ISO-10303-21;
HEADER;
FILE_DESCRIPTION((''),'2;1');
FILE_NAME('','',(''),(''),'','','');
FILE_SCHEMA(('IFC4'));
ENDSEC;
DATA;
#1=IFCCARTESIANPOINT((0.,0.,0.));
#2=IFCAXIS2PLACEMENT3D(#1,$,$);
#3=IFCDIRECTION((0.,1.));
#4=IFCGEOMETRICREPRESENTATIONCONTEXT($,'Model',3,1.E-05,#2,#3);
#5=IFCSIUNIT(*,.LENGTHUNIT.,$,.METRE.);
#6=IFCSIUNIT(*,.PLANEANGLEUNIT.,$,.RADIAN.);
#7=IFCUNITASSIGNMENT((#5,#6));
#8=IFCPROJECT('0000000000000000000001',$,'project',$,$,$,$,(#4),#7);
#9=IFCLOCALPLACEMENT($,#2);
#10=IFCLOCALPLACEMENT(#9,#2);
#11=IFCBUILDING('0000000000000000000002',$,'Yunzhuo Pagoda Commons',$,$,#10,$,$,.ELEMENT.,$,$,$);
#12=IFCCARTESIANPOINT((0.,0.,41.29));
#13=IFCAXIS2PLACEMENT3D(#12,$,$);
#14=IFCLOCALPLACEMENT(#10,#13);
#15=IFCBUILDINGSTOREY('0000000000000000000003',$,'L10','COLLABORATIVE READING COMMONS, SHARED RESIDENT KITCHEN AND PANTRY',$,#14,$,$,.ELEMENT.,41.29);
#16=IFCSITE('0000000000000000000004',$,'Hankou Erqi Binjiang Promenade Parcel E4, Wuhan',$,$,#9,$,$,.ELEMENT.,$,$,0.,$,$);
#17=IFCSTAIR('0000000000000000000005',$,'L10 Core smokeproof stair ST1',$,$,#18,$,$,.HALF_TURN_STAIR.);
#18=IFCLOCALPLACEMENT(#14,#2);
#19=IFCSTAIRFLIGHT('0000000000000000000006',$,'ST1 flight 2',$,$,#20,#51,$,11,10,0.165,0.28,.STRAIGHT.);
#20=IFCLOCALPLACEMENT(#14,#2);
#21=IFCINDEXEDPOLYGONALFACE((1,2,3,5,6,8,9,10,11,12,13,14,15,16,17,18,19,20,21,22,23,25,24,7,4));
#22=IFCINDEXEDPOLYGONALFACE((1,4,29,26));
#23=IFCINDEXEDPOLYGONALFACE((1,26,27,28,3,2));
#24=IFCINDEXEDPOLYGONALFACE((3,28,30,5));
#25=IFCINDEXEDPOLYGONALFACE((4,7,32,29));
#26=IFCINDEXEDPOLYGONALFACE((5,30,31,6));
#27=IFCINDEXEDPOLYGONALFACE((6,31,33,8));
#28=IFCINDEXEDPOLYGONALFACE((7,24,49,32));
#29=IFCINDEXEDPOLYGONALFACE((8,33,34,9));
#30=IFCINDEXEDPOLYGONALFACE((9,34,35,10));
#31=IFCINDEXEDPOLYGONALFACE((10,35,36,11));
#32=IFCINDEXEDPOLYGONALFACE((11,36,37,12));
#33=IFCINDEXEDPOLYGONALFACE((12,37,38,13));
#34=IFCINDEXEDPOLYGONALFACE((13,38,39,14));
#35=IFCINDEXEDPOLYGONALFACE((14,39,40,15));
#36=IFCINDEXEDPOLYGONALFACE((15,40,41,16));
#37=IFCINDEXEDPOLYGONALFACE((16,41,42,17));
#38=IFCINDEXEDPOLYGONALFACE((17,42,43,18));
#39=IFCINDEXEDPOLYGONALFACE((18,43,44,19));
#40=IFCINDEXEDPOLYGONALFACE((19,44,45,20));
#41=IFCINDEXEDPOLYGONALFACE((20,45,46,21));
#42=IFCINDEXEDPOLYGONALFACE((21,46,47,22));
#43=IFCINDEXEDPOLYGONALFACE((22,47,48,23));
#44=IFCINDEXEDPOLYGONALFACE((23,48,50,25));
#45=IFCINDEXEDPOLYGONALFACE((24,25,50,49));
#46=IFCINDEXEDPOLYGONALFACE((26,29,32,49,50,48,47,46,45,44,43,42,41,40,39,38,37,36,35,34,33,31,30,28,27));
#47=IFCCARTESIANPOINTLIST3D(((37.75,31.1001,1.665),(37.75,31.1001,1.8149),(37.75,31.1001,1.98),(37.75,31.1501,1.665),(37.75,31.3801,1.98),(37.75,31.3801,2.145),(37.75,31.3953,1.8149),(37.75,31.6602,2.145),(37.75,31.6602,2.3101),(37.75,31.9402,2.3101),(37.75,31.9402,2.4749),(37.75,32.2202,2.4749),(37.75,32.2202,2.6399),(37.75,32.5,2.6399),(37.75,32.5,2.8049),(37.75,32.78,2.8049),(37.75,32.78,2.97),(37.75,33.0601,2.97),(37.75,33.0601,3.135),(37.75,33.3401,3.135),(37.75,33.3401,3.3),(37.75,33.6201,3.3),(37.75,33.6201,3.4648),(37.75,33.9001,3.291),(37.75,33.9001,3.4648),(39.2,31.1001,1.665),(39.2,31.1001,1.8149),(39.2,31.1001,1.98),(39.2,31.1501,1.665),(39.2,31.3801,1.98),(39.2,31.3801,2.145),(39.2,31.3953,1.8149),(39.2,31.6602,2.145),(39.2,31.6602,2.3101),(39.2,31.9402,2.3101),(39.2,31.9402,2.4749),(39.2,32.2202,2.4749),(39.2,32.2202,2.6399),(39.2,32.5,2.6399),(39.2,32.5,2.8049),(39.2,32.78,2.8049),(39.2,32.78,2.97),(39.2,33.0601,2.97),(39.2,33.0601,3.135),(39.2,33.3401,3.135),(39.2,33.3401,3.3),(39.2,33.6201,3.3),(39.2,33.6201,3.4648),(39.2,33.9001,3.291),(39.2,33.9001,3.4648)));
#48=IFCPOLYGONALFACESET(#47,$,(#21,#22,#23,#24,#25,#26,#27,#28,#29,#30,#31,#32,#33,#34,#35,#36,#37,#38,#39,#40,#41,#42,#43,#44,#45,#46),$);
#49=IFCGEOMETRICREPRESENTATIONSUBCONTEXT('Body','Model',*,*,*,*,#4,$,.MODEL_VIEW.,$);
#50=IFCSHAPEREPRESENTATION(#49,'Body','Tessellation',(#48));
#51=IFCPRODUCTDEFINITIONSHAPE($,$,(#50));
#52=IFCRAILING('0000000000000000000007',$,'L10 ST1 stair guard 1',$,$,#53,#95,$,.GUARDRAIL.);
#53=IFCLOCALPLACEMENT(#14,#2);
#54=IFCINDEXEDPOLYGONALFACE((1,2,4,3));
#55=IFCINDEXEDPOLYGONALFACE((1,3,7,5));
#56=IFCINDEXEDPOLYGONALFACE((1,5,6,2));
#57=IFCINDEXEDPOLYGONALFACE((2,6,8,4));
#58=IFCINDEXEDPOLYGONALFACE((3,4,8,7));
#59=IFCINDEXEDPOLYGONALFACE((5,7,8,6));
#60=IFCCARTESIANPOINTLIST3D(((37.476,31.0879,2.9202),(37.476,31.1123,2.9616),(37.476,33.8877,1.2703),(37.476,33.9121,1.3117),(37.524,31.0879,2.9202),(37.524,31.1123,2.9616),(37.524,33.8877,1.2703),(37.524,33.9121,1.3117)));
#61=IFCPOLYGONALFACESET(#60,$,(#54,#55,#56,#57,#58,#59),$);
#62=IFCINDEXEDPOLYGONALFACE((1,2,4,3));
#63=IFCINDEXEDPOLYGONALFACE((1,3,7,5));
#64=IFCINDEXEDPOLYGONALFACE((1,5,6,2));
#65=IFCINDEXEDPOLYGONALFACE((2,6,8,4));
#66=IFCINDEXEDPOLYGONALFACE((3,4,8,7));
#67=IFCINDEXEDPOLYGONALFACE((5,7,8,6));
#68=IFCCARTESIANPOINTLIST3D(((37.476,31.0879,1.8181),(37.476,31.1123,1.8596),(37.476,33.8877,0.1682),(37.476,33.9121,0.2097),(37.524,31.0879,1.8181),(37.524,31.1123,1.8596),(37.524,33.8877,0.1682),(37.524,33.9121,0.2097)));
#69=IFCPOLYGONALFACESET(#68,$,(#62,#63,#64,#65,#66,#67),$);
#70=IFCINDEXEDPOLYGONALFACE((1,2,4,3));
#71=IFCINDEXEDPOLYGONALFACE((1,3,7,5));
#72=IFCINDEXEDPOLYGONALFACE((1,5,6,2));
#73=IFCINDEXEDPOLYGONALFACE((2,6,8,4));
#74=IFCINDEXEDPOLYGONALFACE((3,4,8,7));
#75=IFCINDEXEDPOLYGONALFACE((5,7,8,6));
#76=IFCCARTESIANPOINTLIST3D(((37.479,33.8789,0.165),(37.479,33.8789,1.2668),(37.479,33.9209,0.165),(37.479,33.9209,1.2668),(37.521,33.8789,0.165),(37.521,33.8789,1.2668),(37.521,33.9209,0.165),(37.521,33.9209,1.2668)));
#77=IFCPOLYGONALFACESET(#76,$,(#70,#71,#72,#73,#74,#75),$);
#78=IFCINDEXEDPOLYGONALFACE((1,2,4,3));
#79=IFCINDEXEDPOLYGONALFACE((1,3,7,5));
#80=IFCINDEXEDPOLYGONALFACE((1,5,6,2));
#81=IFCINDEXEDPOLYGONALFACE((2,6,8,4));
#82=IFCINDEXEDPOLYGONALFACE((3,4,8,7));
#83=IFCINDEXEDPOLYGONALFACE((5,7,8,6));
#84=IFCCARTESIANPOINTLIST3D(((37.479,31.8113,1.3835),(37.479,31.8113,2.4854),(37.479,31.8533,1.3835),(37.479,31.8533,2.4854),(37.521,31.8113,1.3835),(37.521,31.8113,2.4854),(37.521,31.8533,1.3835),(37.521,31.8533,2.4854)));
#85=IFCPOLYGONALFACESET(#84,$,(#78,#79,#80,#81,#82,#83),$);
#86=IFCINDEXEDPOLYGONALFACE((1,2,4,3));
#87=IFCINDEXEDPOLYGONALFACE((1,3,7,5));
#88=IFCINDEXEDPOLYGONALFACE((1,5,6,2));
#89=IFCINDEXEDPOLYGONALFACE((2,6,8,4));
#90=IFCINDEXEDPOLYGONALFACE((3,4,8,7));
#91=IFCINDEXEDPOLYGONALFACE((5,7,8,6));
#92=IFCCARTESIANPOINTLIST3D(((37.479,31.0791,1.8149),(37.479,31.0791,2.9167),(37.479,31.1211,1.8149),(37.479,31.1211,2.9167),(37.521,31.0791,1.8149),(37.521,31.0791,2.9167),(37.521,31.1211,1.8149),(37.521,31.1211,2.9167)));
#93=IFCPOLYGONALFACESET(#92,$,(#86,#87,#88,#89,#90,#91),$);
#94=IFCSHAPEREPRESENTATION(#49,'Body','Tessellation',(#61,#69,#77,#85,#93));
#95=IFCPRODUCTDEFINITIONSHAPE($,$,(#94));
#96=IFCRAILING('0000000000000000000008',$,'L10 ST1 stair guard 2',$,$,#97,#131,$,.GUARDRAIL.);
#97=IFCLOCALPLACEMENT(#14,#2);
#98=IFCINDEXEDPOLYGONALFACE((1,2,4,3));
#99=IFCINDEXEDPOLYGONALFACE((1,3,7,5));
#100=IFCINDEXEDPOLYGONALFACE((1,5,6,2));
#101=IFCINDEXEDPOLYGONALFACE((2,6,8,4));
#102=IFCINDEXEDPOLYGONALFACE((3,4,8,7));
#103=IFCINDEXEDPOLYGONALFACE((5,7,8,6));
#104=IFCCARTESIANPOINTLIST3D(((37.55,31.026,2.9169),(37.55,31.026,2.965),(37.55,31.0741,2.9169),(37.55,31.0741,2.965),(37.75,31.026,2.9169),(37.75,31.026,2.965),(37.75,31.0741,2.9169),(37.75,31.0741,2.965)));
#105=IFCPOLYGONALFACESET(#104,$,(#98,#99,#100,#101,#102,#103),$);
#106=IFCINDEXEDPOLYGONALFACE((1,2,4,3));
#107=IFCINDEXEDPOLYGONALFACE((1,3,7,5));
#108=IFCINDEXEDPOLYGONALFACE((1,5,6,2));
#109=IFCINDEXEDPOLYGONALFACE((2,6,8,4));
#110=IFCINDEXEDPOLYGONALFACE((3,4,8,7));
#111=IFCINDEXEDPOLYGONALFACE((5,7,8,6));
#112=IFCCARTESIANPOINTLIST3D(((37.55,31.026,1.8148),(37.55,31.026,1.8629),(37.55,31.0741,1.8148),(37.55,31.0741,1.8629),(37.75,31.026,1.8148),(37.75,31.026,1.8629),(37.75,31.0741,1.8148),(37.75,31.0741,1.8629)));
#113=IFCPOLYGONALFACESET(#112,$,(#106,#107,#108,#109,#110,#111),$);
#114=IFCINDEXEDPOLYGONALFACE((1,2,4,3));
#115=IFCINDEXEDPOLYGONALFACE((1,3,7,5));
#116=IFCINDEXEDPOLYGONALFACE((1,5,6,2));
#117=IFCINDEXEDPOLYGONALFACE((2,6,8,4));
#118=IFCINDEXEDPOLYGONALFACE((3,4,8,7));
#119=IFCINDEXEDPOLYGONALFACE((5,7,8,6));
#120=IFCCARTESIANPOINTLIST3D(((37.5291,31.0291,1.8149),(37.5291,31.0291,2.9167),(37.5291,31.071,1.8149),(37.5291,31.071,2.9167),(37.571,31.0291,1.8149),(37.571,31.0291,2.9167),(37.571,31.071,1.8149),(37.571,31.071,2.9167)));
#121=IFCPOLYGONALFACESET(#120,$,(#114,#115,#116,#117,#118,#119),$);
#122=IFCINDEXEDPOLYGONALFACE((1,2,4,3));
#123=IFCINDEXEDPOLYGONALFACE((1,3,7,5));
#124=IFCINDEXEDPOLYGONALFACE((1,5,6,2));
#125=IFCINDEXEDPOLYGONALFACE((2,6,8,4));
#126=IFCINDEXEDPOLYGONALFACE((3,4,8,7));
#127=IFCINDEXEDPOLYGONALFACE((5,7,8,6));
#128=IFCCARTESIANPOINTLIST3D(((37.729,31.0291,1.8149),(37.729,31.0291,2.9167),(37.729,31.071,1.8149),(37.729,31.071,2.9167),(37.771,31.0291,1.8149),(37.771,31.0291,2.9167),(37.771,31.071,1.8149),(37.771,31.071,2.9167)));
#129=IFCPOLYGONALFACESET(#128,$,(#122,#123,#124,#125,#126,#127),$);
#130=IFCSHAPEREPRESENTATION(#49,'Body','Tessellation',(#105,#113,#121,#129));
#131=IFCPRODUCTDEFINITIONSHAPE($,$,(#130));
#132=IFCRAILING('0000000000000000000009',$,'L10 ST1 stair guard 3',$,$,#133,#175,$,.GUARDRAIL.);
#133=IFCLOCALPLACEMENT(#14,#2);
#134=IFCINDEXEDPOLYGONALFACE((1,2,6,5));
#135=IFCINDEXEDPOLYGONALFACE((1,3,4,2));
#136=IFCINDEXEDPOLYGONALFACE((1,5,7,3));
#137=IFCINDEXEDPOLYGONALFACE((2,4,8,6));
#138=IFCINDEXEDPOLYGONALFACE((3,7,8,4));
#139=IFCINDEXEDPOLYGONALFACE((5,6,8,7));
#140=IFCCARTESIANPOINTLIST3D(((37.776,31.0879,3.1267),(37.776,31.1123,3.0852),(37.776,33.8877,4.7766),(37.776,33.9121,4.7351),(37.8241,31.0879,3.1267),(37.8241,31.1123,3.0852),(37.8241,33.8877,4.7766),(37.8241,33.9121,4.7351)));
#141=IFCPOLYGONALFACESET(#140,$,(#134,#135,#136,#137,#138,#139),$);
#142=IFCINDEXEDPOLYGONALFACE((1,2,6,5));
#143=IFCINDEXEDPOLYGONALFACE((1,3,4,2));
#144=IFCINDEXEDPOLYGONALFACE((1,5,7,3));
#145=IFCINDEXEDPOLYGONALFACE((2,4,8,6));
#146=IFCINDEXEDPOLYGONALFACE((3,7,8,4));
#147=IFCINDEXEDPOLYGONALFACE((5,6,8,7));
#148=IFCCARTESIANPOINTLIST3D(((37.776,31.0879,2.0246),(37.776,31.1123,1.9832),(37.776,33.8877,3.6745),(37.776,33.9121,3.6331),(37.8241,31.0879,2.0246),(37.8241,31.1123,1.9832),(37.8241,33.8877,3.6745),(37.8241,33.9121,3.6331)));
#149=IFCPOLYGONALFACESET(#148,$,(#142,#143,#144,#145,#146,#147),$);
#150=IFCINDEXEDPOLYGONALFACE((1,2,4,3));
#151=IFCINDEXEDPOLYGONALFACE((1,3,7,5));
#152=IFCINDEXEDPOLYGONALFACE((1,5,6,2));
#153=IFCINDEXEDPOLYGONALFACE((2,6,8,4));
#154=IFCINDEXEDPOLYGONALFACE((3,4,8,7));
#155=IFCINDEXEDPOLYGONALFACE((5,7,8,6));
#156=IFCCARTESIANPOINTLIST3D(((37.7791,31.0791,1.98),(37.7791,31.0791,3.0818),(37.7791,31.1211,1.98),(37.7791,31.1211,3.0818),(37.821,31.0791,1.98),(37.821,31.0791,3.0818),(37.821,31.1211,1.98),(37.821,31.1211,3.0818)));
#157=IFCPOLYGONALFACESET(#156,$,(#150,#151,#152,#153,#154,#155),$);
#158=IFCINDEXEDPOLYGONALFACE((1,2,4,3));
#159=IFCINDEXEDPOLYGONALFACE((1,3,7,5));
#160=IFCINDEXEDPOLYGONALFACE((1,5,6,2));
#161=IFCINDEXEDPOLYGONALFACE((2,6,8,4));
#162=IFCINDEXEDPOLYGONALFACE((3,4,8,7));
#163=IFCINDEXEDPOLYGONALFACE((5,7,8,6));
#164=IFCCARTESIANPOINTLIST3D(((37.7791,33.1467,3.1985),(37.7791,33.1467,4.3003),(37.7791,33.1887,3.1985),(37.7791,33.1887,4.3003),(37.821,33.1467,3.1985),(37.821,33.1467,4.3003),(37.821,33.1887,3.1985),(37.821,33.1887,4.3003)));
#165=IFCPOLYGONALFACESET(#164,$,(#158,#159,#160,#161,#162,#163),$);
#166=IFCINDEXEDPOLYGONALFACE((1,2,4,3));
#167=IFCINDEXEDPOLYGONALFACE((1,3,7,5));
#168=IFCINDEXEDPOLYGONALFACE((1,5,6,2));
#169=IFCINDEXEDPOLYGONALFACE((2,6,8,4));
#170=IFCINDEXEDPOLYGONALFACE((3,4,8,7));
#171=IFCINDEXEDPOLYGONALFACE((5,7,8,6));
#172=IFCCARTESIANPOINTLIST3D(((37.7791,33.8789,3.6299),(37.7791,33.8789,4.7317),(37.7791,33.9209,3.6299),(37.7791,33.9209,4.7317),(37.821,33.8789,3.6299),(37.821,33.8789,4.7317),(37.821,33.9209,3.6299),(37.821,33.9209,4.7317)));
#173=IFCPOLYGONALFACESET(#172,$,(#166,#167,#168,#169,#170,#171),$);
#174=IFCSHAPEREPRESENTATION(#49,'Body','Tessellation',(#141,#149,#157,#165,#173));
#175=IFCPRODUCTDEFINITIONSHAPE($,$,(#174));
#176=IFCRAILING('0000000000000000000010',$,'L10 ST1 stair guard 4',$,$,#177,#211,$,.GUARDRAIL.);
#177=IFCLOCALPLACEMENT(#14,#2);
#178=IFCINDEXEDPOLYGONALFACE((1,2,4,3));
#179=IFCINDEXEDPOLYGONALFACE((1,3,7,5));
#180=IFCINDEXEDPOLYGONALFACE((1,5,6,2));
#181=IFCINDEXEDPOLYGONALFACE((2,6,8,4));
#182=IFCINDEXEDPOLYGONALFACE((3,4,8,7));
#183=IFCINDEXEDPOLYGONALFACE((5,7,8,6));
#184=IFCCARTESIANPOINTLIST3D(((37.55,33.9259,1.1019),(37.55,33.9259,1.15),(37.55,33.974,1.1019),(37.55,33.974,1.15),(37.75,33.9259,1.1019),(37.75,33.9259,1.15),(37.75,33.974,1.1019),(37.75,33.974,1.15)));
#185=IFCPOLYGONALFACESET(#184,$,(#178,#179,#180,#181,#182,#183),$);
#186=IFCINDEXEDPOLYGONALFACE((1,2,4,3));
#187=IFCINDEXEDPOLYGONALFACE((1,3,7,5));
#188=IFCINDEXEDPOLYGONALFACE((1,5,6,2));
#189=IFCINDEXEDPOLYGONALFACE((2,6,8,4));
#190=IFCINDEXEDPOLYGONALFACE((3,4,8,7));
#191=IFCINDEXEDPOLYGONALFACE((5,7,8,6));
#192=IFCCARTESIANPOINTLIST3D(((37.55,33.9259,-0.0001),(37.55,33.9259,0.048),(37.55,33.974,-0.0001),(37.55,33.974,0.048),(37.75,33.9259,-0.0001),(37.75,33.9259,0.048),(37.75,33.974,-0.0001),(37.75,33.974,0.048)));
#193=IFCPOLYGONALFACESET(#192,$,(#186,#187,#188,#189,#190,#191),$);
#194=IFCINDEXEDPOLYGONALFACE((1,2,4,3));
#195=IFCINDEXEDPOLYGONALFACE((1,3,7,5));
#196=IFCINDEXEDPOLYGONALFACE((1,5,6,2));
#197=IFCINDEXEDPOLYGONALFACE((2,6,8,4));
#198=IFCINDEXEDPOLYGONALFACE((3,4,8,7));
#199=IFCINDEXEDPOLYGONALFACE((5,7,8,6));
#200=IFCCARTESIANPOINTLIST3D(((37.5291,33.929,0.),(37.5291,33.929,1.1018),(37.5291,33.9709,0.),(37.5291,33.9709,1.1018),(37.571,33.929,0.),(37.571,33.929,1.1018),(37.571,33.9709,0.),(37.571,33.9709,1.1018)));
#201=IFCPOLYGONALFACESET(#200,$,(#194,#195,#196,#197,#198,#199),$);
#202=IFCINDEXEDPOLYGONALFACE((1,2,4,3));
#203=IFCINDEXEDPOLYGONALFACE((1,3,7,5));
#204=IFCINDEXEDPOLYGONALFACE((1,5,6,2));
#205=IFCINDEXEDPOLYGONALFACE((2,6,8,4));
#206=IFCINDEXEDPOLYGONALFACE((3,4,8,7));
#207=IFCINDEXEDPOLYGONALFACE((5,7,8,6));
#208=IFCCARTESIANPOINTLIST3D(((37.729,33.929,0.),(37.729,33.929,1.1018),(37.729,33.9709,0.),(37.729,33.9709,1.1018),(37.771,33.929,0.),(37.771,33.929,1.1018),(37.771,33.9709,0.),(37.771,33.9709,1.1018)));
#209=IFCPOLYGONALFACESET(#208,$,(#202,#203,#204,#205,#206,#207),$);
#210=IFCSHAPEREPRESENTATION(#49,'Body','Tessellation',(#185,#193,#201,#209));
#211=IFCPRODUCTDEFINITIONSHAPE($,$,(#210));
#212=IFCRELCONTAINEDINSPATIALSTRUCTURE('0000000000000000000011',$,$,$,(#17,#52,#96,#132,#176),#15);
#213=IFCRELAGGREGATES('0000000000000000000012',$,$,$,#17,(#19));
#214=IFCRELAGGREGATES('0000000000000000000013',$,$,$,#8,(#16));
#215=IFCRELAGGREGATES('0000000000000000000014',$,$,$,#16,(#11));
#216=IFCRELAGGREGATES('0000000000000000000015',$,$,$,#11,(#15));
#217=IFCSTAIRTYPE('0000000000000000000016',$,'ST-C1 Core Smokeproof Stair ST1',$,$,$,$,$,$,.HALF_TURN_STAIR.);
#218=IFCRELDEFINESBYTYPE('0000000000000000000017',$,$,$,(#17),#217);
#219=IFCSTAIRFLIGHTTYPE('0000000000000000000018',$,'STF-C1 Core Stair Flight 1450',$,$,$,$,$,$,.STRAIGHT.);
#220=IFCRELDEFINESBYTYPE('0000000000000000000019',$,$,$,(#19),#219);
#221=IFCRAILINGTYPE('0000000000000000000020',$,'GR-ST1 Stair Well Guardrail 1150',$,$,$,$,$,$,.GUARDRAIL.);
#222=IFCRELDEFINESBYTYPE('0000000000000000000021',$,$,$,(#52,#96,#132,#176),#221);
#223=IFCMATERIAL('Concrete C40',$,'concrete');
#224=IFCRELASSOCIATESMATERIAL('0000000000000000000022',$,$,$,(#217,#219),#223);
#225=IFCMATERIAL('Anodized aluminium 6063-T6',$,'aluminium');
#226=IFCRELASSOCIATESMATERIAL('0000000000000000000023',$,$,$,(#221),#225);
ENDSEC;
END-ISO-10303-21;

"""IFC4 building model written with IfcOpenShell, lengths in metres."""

from ifc_helpers import new_model, si_unit, direction, frame, origin, origin_2d, place, context, subcontext, project, spatial, polyline, rectangle, outline, extrude, source, transform, mapped, material, type_object, element, aggregate, save


model = new_model("IFC4")

# Units and contexts
model_context = context("Model", 3, precision=1e-05, world=origin(), true_north=direction((0.0, 1.0)))
body_context = subcontext(model_context, "Body", "Model", "MODEL_VIEW")
ifc_project = project(units=[si_unit("LENGTHUNIT", "METRE"), si_unit("PLANEANGLEUNIT", "RADIAN")], contexts=[model_context])

# Site, building, storey
site_placement = place(None, origin())
site = spatial("IfcSite", under=ifc_project, at=site_placement, Name="Hankou Erqi Binjiang Promenade Parcel E4, Wuhan", CompositionType="ELEMENT", RefElevation=0.0)
building_placement = place(site_placement, origin())
building = spatial("IfcBuilding", under=site, at=building_placement, Name="Yunzhuo Pagoda Commons", CompositionType="ELEMENT")
storey_placement = place(building_placement, frame((0.0, 0.0, 41.29)))
storey = spatial("IfcBuildingStorey", under=building, at=storey_placement, Name="L10", Description="COLLABORATIVE READING COMMONS, SHARED RESIDENT KITCHEN AND PANTRY", CompositionType="ELEMENT", Elevation=41.29)

# Shared definitions
ifc_material_1 = material(Name="Concrete C40", Category="concrete")

# Stair, stair flight
stair_type = type_object("IfcStairType", Name="ST-C1 Core Smokeproof Stair ST1", PredefinedType="HALF_TURN_STAIR", material=ifc_material_1)
stair_placement = place(storey_placement, origin())
stair = element("IfcStair", 1, at=stair_placement, inside=storey, type_object=stair_type, Name="L10 Core smokeproof stair ST1", PredefinedType="HALF_TURN_STAIR")
stair_flight_type = type_object("IfcStairFlightType", Name="STF-C1 Core Stair Flight 1450", PredefinedType="STRAIGHT", material=ifc_material_1)
shared_shape_1 = source(origin(), body_context, "Body", "SweptSolid", [
    extrude(outline(polyline([(0.0, -0.1499), (0.0, 0.0), (0.0, 0.165), (0.28, 0.165), (0.28, 0.3301), (0.5601, 0.3301), (0.5601, 0.4951), (0.8401, 0.4951), (0.8401, 0.6599), (1.1201, 0.6599), (1.1201, 0.825), (1.3999, 0.825), (1.3999, 0.99), (1.6799, 0.99), (1.6799, 1.155), (1.96, 1.155), (1.96, 1.3201), (2.24, 1.3201), (2.24, 1.4851), (2.52, 1.4851), (2.52, 1.6499), (2.8, 1.6499), (2.8, 1.8149), (2.8, 1.4761), (0.2952, 0.0), (0.05, -0.1499), (0.0, -0.1499)])), frame((0.0, 0.7251, 0.0), z_axis=(0.0, -1.0, 0.0), x_axis=(1.0, 0.0, 0.0)), (0.0, 0.0, 1.0), 1.45),
])
stair_flight_1_placement = place(storey_placement, frame((38.4751, 31.1001, 1.8149), z_axis=(0.0, 0.0, 1.0), x_axis=(0.0, 1.0, 0.0)))
stair_flight_1 = element("IfcStairFlight", 2, at=stair_flight_1_placement, type_object=stair_flight_type, Name="ST1 flight 2", NumberOfRisers=11, NumberOfTreads=10, PredefinedType="STRAIGHT", RiserHeight=0.165, TreadLength=0.28, context=body_context, shape_type="MappedRepresentation", body=[
    mapped(shared_shape_1, transform((0.0, 0.0, 0.0), scale=1.0)),
])
aggregate(stair, [stair_flight_1])

# Railings
ifc_material_2 = material(Name="Anodized aluminium 6063-T6", Category="aluminium")
railing_type_1 = type_object("IfcRailingType", Name="GR-ST1 Stair Well Guardrail 1150", PredefinedType="GUARDRAIL", material=ifc_material_2)
railing_1_placement = place(storey_placement, frame((37.5, 33.8999, 0.165)))
element("IfcRailing", 3, at=railing_1_placement, inside=storey, type_object=railing_type_1, Name="L10 ST1 stair guard 1", PredefinedType="GUARDRAIL", context=body_context, shape_type="SweptSolid", body=[
    extrude(rectangle(XDim=0.0481, YDim=0.0481, at=origin_2d()), frame((0.0, 0.0, 1.126), z_axis=(0.0, -0.861536, 0.507696), x_axis=(1.0, 0.0, 0.0)), (0.0, 0.0, 1.0), 3.2498),
    extrude(rectangle(XDim=0.0481, YDim=0.0481, at=origin_2d()), frame((0.0, 0.0, 0.0239), z_axis=(0.0, -0.861536, 0.507696), x_axis=(1.0, 0.0, 0.0)), (0.0, 0.0, 1.0), 3.2498),
    extrude(rectangle(XDim=0.042, YDim=0.042, at=origin_2d()), origin(), (0.0, 0.0, 1.0), 1.1018),
    extrude(rectangle(XDim=0.042, YDim=0.042, at=origin_2d()), frame((0.0, -2.0676, 1.2185)), (0.0, 0.0, 1.0), 1.1018),
    extrude(rectangle(XDim=0.042, YDim=0.042, at=origin_2d()), frame((0.0, -2.7998, 1.6499)), (0.0, 0.0, 1.0), 1.1018),
])
railing_2_placement = place(storey_placement, frame((37.55, 31.05, 1.8149)))
element("IfcRailing", 4, at=railing_2_placement, inside=storey, type_object=railing_type_1, Name="L10 ST1 stair guard 2", PredefinedType="GUARDRAIL", context=body_context, shape_type="SweptSolid", body=[
    extrude(rectangle(XDim=0.0481, YDim=0.0481, at=origin_2d()), frame((0.0, 0.0, 1.126), z_axis=(1.0, 0.0, 0.0), x_axis=(0.0, 1.0, 0.0)), (0.0, 0.0, 1.0), 0.2),
    extrude(rectangle(XDim=0.0481, YDim=0.0481, at=origin_2d()), frame((0.0, 0.0, 0.0239), z_axis=(1.0, 0.0, 0.0), x_axis=(0.0, 1.0, 0.0)), (0.0, 0.0, 1.0), 0.2),
    extrude(rectangle(XDim=0.042, YDim=0.042, at=origin_2d()), origin(), (0.0, 0.0, 1.0), 1.1018),
    extrude(rectangle(XDim=0.042, YDim=0.042, at=origin_2d()), frame((0.2, 0.0, 0.0)), (0.0, 0.0, 1.0), 1.1018),
])
railing_3_placement = place(storey_placement, frame((37.8, 31.1001, 1.98)))
element("IfcRailing", 5, at=railing_3_placement, inside=storey, type_object=railing_type_1, Name="L10 ST1 stair guard 3", PredefinedType="GUARDRAIL", context=body_context, shape_type="SweptSolid", body=[
    extrude(rectangle(XDim=0.0481, YDim=0.0481, at=origin_2d()), frame((0.0, 0.0, 1.126), z_axis=(0.0, 0.861536, 0.507696), x_axis=(-1.0, 0.0, 0.0)), (0.0, 0.0, 1.0), 3.2498),
    extrude(rectangle(XDim=0.0481, YDim=0.0481, at=origin_2d()), frame((0.0, 0.0, 0.0239), z_axis=(0.0, 0.861536, 0.507696), x_axis=(-1.0, 0.0, 0.0)), (0.0, 0.0, 1.0), 3.2498),
    extrude(rectangle(XDim=0.042, YDim=0.042, at=origin_2d()), origin(), (0.0, 0.0, 1.0), 1.1018),
    extrude(rectangle(XDim=0.042, YDim=0.042, at=origin_2d()), frame((0.0, 2.0676, 1.2185)), (0.0, 0.0, 1.0), 1.1018),
    extrude(rectangle(XDim=0.042, YDim=0.042, at=origin_2d()), frame((0.0, 2.7998, 1.6499)), (0.0, 0.0, 1.0), 1.1018),
])
railing_4_placement = place(storey_placement, frame((37.55, 33.95, 0.0)))
element("IfcRailing", 6, at=railing_4_placement, inside=storey, type_object=railing_type_1, Name="L10 ST1 stair guard 4", PredefinedType="GUARDRAIL", context=body_context, shape_type="SweptSolid", body=[
    extrude(rectangle(XDim=0.0481, YDim=0.0481, at=origin_2d()), frame((0.0, 0.0, 1.126), z_axis=(1.0, 0.0, 0.0), x_axis=(0.0, 1.0, 0.0)), (0.0, 0.0, 1.0), 0.2),
    extrude(rectangle(XDim=0.0481, YDim=0.0481, at=origin_2d()), frame((0.0, 0.0, 0.0239), z_axis=(1.0, 0.0, 0.0), x_axis=(0.0, 1.0, 0.0)), (0.0, 0.0, 1.0), 0.2),
    extrude(rectangle(XDim=0.042, YDim=0.042, at=origin_2d()), origin(), (0.0, 0.0, 1.0), 1.1018),
    extrude(rectangle(XDim=0.042, YDim=0.042, at=origin_2d()), frame((0.2, 0.0, 0.0)), (0.0, 0.0, 1.0), 1.1018),
])

save(model, "model.ifc")
